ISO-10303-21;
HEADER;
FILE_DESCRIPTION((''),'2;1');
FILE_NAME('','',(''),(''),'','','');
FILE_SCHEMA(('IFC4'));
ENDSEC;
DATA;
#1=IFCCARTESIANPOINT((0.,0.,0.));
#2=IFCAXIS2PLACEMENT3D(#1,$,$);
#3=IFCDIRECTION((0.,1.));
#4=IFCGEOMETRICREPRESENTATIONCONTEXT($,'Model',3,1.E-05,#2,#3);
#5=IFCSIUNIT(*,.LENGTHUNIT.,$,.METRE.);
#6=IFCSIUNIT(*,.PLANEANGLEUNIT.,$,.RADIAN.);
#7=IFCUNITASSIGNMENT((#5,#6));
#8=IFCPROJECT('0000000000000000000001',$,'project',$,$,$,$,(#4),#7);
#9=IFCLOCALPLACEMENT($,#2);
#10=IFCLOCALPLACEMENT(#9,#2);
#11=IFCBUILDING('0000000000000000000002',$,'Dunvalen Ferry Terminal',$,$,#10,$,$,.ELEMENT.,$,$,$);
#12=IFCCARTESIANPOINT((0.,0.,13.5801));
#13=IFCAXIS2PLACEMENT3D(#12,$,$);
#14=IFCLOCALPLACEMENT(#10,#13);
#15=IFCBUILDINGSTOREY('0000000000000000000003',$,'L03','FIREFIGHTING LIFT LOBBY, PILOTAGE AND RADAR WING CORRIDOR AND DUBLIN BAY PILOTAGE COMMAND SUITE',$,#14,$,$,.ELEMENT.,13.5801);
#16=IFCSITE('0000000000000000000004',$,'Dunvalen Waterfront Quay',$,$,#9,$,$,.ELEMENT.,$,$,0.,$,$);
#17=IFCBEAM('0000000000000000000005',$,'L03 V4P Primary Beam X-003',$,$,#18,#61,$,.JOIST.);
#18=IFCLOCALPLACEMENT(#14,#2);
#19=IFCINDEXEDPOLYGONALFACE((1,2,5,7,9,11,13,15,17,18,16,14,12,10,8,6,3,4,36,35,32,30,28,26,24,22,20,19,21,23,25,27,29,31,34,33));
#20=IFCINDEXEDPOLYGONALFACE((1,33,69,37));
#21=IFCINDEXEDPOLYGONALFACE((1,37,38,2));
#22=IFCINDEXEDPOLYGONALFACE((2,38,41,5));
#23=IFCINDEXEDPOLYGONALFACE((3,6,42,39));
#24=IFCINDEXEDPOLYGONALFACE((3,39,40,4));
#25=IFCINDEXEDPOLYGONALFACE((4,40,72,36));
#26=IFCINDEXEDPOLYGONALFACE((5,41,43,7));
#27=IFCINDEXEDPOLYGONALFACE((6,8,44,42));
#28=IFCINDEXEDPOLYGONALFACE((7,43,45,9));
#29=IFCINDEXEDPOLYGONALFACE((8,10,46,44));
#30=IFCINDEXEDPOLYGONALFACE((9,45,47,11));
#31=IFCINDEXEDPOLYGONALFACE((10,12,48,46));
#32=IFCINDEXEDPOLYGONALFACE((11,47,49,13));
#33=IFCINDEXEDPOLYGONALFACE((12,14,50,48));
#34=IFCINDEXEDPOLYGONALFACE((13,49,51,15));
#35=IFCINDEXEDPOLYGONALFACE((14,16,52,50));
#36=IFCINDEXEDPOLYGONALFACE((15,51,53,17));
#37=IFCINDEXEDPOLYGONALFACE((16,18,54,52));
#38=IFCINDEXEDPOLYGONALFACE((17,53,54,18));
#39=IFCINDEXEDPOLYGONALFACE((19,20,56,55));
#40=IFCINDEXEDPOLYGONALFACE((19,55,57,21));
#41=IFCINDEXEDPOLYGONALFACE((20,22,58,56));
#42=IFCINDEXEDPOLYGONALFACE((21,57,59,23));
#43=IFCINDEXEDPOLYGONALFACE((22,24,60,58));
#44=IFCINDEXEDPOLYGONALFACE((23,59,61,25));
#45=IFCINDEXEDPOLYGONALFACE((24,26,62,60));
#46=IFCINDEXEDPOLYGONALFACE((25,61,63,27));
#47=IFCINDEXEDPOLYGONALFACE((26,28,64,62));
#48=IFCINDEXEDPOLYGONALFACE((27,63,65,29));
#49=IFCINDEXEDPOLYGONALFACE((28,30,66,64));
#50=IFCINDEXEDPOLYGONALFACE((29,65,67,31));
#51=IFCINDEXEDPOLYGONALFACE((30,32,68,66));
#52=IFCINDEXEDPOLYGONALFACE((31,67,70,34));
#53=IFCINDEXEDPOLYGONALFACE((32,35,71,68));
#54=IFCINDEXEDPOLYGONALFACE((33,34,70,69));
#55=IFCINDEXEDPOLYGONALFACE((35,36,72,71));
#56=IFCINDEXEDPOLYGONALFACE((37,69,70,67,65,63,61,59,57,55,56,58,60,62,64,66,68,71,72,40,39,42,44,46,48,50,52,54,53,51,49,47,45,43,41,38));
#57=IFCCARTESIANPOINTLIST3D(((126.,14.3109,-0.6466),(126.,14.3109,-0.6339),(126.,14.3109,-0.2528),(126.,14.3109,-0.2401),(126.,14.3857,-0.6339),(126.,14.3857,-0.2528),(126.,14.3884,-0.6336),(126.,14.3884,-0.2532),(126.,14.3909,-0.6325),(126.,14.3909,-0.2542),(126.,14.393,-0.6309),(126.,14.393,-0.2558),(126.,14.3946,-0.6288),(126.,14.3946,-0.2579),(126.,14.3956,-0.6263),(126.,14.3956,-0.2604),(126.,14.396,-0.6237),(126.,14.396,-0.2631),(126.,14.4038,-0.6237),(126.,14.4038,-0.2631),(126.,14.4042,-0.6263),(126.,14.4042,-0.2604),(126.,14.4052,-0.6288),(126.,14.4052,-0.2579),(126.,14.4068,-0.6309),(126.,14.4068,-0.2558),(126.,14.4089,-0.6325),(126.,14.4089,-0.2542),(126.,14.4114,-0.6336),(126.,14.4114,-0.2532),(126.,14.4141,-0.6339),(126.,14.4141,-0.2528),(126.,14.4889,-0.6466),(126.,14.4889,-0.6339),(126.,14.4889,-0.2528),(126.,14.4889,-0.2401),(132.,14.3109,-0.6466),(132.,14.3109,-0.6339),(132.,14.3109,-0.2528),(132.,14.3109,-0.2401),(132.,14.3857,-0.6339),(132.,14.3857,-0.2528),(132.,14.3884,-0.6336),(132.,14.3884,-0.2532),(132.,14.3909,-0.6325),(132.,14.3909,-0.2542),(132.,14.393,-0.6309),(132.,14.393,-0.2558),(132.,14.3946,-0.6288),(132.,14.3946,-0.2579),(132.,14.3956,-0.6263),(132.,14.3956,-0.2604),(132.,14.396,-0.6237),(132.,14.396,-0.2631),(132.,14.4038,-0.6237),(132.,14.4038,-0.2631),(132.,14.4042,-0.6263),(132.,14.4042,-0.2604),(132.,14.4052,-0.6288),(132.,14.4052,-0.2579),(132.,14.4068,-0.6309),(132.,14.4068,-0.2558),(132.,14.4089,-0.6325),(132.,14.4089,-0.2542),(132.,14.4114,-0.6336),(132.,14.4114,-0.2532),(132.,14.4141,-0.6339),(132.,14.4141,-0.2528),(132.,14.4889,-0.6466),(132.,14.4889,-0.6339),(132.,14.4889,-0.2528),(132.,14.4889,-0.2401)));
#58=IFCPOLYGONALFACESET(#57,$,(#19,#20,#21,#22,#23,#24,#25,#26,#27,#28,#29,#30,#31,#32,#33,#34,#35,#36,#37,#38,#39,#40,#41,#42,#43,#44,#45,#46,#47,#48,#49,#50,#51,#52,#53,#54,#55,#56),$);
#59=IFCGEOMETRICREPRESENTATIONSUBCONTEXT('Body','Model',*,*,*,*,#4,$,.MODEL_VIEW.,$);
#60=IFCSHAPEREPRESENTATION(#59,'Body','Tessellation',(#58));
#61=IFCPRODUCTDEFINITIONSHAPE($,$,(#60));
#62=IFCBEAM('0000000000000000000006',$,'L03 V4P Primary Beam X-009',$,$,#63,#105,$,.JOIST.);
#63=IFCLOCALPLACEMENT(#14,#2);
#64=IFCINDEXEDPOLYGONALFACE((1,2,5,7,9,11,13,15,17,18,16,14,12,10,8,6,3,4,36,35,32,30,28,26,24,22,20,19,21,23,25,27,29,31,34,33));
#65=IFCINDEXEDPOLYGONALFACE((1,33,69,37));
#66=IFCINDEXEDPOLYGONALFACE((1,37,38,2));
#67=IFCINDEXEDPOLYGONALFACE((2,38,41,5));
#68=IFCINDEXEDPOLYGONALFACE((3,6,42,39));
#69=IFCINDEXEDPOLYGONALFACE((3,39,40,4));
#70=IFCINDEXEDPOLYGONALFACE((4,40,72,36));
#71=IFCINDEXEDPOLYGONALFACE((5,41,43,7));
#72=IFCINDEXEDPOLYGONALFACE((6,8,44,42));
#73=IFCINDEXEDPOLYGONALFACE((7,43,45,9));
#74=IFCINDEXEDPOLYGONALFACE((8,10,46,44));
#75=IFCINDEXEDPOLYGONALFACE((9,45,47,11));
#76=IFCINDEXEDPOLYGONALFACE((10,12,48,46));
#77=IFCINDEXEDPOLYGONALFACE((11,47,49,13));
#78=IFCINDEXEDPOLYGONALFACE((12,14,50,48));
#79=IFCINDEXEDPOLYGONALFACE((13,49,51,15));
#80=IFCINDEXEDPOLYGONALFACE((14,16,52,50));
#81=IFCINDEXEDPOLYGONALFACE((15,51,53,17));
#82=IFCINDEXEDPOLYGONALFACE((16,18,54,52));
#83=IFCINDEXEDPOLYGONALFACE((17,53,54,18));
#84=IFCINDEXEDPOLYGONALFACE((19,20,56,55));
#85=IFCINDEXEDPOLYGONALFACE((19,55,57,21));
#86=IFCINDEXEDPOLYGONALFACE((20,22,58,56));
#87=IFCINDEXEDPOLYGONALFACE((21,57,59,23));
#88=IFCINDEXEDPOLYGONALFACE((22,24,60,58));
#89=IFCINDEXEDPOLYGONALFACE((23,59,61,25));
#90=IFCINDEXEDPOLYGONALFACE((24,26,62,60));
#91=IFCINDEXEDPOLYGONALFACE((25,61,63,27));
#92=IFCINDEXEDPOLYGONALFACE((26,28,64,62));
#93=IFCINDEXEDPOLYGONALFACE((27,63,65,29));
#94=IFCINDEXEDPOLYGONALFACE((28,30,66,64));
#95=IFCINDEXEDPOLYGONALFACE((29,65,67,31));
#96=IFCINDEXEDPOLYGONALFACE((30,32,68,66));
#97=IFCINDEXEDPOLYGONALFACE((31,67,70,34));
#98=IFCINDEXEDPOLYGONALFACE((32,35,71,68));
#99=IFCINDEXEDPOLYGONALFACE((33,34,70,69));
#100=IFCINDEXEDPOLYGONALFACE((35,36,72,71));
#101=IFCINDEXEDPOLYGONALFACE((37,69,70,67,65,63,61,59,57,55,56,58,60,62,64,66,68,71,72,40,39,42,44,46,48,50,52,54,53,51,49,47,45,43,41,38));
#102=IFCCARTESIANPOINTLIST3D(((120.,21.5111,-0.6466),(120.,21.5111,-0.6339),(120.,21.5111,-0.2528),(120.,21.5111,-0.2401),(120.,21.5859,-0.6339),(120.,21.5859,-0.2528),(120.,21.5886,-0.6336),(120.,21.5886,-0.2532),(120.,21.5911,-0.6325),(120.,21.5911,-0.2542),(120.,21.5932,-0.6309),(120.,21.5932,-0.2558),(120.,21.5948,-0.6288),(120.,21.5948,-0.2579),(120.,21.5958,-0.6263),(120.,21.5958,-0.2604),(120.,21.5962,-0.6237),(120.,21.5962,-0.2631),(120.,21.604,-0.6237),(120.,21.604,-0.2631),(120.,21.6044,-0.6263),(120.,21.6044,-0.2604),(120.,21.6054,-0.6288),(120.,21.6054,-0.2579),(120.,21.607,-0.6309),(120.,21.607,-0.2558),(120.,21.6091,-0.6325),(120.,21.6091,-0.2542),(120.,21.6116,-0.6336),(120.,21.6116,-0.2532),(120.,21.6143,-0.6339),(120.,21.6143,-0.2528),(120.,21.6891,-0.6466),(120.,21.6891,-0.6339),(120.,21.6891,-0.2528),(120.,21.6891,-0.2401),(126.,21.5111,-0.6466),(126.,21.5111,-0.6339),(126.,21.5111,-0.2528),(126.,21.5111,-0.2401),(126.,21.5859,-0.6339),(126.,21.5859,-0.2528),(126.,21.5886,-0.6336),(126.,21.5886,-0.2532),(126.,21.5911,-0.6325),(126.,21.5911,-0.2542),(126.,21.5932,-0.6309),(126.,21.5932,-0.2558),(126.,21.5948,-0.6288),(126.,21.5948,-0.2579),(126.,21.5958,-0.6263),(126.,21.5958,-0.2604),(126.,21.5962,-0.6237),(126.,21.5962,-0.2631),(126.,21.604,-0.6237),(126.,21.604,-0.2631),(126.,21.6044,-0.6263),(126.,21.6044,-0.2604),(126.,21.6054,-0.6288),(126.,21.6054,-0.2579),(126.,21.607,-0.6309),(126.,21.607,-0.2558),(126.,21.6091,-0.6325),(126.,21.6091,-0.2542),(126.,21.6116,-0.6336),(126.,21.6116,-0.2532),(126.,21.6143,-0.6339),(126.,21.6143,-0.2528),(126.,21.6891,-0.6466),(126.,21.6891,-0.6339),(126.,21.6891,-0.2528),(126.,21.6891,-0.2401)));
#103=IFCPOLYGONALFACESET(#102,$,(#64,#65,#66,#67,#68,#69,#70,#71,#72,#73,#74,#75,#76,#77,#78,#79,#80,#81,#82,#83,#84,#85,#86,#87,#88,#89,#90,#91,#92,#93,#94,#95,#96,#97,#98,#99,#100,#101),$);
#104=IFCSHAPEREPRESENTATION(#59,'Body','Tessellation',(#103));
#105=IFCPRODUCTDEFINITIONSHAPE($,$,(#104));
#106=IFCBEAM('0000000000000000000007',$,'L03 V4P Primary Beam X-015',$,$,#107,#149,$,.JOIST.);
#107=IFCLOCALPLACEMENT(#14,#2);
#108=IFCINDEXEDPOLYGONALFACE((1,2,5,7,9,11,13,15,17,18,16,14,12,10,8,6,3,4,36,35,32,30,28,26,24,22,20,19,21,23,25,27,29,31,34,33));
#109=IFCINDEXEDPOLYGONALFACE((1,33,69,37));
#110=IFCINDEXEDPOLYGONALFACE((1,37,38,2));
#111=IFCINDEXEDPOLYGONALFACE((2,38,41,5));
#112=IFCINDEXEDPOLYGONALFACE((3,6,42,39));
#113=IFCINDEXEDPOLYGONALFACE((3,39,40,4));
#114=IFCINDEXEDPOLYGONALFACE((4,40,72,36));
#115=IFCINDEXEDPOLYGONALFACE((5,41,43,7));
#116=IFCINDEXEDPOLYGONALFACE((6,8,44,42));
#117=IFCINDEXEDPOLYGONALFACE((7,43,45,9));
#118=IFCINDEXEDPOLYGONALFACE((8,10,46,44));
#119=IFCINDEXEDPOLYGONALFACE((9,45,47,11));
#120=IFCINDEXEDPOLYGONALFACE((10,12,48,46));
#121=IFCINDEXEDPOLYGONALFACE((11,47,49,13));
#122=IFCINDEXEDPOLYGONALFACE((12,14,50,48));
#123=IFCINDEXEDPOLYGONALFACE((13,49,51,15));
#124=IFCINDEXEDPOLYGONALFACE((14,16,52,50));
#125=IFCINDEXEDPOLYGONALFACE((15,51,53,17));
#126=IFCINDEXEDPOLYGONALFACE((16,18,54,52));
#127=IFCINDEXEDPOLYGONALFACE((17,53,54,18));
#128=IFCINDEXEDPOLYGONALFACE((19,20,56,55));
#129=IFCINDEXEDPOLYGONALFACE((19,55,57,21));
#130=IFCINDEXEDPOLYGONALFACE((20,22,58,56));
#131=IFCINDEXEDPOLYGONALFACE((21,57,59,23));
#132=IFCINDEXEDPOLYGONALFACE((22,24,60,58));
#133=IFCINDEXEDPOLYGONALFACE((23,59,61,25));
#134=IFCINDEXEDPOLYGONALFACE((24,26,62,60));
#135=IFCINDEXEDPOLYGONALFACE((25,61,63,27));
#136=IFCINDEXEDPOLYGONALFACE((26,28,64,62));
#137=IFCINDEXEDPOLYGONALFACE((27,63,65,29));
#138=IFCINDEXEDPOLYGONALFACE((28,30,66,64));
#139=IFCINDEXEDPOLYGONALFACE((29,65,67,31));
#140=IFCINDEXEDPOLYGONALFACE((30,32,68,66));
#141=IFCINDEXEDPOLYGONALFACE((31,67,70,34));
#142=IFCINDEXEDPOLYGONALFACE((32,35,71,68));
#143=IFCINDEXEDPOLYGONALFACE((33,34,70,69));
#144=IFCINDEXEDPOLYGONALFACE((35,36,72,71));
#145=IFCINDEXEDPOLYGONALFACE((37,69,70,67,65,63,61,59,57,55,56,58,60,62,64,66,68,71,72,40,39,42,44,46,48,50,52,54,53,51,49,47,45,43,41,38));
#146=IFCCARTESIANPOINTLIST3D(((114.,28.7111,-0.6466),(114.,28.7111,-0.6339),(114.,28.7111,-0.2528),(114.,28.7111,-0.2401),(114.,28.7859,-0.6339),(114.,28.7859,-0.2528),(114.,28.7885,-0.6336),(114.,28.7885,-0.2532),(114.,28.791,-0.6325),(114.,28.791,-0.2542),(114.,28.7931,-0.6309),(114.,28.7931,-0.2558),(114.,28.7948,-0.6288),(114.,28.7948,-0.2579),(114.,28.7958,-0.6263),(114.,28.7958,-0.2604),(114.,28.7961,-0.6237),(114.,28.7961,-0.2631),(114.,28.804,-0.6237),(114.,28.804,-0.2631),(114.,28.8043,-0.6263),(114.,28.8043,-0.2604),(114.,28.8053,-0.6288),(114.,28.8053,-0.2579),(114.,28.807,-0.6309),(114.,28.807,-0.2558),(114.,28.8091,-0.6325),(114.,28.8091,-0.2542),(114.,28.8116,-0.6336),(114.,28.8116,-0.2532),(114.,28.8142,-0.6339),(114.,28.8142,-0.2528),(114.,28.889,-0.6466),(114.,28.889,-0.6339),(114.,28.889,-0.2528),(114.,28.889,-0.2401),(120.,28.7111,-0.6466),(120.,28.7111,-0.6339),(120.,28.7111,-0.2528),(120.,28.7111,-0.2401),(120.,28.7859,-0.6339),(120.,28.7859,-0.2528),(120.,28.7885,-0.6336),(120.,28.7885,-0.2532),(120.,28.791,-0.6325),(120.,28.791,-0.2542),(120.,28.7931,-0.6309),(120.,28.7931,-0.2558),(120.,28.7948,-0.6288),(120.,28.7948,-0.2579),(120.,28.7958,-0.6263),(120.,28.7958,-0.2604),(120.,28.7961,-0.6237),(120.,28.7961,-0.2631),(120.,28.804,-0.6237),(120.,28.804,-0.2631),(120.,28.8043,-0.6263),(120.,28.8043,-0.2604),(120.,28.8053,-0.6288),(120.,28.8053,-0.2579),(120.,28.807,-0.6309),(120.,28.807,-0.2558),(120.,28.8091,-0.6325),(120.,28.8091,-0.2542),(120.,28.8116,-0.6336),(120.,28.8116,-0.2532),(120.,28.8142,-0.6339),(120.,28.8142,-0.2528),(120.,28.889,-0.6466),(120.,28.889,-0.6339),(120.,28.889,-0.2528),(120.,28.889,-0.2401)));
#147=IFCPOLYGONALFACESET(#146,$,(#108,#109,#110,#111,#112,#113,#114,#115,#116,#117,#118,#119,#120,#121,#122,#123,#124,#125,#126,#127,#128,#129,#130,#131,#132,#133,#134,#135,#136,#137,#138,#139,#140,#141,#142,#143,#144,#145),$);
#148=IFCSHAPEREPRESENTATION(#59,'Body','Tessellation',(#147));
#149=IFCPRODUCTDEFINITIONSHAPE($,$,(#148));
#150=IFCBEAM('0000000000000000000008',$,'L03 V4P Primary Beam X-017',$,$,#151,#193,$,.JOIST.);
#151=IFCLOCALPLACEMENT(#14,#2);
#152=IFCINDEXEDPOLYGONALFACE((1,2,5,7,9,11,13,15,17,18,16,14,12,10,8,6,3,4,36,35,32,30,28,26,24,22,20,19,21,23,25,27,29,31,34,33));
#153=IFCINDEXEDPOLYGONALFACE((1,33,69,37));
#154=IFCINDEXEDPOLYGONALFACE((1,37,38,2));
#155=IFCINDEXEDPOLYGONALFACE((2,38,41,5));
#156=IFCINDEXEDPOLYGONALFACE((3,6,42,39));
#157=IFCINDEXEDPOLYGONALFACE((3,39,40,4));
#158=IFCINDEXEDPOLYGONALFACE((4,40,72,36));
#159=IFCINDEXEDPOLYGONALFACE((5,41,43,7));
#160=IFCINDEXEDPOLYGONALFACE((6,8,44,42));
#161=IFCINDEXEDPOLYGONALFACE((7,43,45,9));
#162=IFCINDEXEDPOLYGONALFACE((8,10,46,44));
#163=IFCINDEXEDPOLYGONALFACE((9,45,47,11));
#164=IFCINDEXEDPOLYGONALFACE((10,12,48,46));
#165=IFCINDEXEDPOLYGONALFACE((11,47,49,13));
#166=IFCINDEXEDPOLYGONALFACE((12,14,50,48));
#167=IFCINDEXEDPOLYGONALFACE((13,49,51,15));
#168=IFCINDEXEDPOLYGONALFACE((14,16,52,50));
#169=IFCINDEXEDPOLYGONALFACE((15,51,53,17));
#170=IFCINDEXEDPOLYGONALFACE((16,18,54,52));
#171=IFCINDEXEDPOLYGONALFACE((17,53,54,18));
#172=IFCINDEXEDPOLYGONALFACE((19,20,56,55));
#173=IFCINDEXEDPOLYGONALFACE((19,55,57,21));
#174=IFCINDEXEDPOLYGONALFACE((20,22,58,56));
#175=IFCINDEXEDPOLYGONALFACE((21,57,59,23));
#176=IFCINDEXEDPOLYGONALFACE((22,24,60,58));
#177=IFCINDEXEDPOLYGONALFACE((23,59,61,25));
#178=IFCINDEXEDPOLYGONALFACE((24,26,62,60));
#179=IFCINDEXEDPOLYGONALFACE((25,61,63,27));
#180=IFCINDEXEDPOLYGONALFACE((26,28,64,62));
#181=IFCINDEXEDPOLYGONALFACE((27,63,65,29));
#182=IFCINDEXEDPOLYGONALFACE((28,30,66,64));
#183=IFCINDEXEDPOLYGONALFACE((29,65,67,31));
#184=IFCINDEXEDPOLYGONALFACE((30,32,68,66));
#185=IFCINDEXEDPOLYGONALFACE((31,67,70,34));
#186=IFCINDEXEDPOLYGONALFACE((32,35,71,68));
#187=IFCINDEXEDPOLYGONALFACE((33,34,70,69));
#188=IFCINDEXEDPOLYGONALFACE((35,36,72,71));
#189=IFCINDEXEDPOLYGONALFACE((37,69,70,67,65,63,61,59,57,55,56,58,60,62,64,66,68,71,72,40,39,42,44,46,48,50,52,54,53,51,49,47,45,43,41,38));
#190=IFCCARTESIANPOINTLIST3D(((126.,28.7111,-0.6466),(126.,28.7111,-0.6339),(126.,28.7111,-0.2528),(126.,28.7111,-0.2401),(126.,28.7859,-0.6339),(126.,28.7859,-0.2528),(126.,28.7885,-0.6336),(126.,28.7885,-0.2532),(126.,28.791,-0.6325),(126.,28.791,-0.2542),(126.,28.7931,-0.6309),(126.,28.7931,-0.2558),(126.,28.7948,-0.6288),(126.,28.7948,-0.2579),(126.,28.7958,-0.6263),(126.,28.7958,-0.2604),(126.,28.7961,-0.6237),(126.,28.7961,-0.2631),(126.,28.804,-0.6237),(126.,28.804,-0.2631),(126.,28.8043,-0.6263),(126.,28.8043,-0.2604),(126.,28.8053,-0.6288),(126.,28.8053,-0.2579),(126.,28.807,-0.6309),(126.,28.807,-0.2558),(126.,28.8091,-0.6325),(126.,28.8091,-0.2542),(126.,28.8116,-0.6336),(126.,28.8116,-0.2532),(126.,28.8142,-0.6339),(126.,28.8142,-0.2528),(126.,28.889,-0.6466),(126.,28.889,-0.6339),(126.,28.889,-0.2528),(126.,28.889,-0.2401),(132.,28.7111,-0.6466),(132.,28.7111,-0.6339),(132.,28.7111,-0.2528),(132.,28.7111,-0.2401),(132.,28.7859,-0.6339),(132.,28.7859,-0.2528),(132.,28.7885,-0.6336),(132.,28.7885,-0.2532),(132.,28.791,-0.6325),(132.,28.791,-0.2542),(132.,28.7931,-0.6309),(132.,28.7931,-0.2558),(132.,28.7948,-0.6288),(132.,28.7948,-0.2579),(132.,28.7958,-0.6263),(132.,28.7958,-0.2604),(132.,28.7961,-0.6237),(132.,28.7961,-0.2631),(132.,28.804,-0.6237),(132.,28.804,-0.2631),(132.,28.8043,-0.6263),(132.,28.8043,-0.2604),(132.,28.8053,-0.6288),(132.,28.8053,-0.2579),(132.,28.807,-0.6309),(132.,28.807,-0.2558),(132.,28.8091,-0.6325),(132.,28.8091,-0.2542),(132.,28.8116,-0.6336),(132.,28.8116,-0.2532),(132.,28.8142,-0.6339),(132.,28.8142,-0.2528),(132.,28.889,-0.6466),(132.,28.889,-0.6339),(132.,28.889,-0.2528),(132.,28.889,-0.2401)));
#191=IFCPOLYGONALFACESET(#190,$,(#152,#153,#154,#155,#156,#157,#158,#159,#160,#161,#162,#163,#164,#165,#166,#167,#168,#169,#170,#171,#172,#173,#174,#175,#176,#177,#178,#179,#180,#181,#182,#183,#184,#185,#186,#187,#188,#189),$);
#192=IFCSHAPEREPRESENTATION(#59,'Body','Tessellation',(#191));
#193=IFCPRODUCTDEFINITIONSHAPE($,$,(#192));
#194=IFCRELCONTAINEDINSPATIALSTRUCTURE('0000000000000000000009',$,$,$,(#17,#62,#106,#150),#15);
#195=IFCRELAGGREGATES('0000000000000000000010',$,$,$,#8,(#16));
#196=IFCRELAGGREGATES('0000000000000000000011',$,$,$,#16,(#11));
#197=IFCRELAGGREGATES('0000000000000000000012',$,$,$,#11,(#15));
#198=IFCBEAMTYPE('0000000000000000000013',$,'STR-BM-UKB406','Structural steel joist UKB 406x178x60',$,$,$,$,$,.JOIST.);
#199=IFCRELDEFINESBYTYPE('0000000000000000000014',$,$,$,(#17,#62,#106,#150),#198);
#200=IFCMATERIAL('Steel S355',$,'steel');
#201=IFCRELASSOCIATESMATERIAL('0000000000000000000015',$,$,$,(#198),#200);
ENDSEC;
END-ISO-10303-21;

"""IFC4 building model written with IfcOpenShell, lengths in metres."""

from ifc_helpers import new_model, si_unit, direction, frame, origin, origin_2d, place, context, subcontext, project, spatial, i_section, extrude, material, material_profile, profile_set, type_object, element, save


model = new_model("IFC4")

# Units and contexts
model_context = context("Model", 3, precision=1e-05, world=origin(), true_north=direction((0.0, 1.0)))
body_context = subcontext(model_context, "Body", "Model", "MODEL_VIEW")
ifc_project = project(units=[si_unit("LENGTHUNIT", "METRE"), si_unit("PLANEANGLEUNIT", "RADIAN")], contexts=[model_context])

# Site, building, storey
site_placement = place(None, origin())
site = spatial("IfcSite", under=ifc_project, at=site_placement, Name="Dunvalen Waterfront Quay", CompositionType="ELEMENT", RefElevation=0.0)
building_placement = place(site_placement, origin())
building = spatial("IfcBuilding", under=site, at=building_placement, Name="Dunvalen Ferry Terminal", CompositionType="ELEMENT")
storey_placement = place(building_placement, frame((0.0, 0.0, 13.5801)))
storey = spatial("IfcBuildingStorey", under=building, at=storey_placement, Name="L03", Description="FIREFIGHTING LIFT LOBBY, PILOTAGE AND RADAR WING CORRIDOR AND DUBLIN BAY PILOTAGE COMMAND SUITE", CompositionType="ELEMENT", Elevation=13.5801)

# Beams
ifc_material_1 = material(Name="Steel S355", Category="steel")
ifc_material_profile_1 = material_profile(ifc_material_1, i_section(OverallWidth=0.178, OverallDepth=0.4065, WebThickness=0.0078, FlangeThickness=0.0127, FilletRadius=0.0103, at=origin_2d()), Name="Steel S355")
ifc_profile_set_1 = profile_set([ifc_material_profile_1], Name="Steel S355")
beam_type_1 = type_object("IfcBeamType", Name="STR-BM-UKB406", Description="Structural steel joist UKB 406x178x60", PredefinedType="JOIST", material=ifc_profile_set_1)
for number, where, z_axis, x_axis, name in (
    (1, (126.0, 14.3999, -0.4434), (1.0, 0.0, 0.0), (0.0, 1.0, 0.0), "L03 V4P Primary Beam X-003"),
    (2, (120.0, 21.6001, -0.4434), (1.0, 0.0, 0.0), (0.0, 1.0, 0.0), "L03 V4P Primary Beam X-009"),
    (3, (114.0, 28.8, -0.4434), (1.0, 0.0, 0.0), (0.0, 1.0, 0.0), "L03 V4P Primary Beam X-015"),
    (4, (126.0, 28.8, -0.4434), (1.0, 0.0, 0.0), (0.0, 1.0, 0.0), "L03 V4P Primary Beam X-017"),
):
    element("IfcBeam", number, at=place(storey_placement, frame(where, z_axis=z_axis, x_axis=x_axis)), inside=storey, type_object=beam_type_1, Name=name, PredefinedType="JOIST", context=body_context, shape_type="SweptSolid", body=[
        extrude(i_section(OverallWidth=0.178, OverallDepth=0.4065, WebThickness=0.0078, FlangeThickness=0.0127, FilletRadius=0.0103, at=origin_2d()), origin(), (0.0, 0.0, 1.0), 6.0),
    ])

save(model, "model.ifc")
